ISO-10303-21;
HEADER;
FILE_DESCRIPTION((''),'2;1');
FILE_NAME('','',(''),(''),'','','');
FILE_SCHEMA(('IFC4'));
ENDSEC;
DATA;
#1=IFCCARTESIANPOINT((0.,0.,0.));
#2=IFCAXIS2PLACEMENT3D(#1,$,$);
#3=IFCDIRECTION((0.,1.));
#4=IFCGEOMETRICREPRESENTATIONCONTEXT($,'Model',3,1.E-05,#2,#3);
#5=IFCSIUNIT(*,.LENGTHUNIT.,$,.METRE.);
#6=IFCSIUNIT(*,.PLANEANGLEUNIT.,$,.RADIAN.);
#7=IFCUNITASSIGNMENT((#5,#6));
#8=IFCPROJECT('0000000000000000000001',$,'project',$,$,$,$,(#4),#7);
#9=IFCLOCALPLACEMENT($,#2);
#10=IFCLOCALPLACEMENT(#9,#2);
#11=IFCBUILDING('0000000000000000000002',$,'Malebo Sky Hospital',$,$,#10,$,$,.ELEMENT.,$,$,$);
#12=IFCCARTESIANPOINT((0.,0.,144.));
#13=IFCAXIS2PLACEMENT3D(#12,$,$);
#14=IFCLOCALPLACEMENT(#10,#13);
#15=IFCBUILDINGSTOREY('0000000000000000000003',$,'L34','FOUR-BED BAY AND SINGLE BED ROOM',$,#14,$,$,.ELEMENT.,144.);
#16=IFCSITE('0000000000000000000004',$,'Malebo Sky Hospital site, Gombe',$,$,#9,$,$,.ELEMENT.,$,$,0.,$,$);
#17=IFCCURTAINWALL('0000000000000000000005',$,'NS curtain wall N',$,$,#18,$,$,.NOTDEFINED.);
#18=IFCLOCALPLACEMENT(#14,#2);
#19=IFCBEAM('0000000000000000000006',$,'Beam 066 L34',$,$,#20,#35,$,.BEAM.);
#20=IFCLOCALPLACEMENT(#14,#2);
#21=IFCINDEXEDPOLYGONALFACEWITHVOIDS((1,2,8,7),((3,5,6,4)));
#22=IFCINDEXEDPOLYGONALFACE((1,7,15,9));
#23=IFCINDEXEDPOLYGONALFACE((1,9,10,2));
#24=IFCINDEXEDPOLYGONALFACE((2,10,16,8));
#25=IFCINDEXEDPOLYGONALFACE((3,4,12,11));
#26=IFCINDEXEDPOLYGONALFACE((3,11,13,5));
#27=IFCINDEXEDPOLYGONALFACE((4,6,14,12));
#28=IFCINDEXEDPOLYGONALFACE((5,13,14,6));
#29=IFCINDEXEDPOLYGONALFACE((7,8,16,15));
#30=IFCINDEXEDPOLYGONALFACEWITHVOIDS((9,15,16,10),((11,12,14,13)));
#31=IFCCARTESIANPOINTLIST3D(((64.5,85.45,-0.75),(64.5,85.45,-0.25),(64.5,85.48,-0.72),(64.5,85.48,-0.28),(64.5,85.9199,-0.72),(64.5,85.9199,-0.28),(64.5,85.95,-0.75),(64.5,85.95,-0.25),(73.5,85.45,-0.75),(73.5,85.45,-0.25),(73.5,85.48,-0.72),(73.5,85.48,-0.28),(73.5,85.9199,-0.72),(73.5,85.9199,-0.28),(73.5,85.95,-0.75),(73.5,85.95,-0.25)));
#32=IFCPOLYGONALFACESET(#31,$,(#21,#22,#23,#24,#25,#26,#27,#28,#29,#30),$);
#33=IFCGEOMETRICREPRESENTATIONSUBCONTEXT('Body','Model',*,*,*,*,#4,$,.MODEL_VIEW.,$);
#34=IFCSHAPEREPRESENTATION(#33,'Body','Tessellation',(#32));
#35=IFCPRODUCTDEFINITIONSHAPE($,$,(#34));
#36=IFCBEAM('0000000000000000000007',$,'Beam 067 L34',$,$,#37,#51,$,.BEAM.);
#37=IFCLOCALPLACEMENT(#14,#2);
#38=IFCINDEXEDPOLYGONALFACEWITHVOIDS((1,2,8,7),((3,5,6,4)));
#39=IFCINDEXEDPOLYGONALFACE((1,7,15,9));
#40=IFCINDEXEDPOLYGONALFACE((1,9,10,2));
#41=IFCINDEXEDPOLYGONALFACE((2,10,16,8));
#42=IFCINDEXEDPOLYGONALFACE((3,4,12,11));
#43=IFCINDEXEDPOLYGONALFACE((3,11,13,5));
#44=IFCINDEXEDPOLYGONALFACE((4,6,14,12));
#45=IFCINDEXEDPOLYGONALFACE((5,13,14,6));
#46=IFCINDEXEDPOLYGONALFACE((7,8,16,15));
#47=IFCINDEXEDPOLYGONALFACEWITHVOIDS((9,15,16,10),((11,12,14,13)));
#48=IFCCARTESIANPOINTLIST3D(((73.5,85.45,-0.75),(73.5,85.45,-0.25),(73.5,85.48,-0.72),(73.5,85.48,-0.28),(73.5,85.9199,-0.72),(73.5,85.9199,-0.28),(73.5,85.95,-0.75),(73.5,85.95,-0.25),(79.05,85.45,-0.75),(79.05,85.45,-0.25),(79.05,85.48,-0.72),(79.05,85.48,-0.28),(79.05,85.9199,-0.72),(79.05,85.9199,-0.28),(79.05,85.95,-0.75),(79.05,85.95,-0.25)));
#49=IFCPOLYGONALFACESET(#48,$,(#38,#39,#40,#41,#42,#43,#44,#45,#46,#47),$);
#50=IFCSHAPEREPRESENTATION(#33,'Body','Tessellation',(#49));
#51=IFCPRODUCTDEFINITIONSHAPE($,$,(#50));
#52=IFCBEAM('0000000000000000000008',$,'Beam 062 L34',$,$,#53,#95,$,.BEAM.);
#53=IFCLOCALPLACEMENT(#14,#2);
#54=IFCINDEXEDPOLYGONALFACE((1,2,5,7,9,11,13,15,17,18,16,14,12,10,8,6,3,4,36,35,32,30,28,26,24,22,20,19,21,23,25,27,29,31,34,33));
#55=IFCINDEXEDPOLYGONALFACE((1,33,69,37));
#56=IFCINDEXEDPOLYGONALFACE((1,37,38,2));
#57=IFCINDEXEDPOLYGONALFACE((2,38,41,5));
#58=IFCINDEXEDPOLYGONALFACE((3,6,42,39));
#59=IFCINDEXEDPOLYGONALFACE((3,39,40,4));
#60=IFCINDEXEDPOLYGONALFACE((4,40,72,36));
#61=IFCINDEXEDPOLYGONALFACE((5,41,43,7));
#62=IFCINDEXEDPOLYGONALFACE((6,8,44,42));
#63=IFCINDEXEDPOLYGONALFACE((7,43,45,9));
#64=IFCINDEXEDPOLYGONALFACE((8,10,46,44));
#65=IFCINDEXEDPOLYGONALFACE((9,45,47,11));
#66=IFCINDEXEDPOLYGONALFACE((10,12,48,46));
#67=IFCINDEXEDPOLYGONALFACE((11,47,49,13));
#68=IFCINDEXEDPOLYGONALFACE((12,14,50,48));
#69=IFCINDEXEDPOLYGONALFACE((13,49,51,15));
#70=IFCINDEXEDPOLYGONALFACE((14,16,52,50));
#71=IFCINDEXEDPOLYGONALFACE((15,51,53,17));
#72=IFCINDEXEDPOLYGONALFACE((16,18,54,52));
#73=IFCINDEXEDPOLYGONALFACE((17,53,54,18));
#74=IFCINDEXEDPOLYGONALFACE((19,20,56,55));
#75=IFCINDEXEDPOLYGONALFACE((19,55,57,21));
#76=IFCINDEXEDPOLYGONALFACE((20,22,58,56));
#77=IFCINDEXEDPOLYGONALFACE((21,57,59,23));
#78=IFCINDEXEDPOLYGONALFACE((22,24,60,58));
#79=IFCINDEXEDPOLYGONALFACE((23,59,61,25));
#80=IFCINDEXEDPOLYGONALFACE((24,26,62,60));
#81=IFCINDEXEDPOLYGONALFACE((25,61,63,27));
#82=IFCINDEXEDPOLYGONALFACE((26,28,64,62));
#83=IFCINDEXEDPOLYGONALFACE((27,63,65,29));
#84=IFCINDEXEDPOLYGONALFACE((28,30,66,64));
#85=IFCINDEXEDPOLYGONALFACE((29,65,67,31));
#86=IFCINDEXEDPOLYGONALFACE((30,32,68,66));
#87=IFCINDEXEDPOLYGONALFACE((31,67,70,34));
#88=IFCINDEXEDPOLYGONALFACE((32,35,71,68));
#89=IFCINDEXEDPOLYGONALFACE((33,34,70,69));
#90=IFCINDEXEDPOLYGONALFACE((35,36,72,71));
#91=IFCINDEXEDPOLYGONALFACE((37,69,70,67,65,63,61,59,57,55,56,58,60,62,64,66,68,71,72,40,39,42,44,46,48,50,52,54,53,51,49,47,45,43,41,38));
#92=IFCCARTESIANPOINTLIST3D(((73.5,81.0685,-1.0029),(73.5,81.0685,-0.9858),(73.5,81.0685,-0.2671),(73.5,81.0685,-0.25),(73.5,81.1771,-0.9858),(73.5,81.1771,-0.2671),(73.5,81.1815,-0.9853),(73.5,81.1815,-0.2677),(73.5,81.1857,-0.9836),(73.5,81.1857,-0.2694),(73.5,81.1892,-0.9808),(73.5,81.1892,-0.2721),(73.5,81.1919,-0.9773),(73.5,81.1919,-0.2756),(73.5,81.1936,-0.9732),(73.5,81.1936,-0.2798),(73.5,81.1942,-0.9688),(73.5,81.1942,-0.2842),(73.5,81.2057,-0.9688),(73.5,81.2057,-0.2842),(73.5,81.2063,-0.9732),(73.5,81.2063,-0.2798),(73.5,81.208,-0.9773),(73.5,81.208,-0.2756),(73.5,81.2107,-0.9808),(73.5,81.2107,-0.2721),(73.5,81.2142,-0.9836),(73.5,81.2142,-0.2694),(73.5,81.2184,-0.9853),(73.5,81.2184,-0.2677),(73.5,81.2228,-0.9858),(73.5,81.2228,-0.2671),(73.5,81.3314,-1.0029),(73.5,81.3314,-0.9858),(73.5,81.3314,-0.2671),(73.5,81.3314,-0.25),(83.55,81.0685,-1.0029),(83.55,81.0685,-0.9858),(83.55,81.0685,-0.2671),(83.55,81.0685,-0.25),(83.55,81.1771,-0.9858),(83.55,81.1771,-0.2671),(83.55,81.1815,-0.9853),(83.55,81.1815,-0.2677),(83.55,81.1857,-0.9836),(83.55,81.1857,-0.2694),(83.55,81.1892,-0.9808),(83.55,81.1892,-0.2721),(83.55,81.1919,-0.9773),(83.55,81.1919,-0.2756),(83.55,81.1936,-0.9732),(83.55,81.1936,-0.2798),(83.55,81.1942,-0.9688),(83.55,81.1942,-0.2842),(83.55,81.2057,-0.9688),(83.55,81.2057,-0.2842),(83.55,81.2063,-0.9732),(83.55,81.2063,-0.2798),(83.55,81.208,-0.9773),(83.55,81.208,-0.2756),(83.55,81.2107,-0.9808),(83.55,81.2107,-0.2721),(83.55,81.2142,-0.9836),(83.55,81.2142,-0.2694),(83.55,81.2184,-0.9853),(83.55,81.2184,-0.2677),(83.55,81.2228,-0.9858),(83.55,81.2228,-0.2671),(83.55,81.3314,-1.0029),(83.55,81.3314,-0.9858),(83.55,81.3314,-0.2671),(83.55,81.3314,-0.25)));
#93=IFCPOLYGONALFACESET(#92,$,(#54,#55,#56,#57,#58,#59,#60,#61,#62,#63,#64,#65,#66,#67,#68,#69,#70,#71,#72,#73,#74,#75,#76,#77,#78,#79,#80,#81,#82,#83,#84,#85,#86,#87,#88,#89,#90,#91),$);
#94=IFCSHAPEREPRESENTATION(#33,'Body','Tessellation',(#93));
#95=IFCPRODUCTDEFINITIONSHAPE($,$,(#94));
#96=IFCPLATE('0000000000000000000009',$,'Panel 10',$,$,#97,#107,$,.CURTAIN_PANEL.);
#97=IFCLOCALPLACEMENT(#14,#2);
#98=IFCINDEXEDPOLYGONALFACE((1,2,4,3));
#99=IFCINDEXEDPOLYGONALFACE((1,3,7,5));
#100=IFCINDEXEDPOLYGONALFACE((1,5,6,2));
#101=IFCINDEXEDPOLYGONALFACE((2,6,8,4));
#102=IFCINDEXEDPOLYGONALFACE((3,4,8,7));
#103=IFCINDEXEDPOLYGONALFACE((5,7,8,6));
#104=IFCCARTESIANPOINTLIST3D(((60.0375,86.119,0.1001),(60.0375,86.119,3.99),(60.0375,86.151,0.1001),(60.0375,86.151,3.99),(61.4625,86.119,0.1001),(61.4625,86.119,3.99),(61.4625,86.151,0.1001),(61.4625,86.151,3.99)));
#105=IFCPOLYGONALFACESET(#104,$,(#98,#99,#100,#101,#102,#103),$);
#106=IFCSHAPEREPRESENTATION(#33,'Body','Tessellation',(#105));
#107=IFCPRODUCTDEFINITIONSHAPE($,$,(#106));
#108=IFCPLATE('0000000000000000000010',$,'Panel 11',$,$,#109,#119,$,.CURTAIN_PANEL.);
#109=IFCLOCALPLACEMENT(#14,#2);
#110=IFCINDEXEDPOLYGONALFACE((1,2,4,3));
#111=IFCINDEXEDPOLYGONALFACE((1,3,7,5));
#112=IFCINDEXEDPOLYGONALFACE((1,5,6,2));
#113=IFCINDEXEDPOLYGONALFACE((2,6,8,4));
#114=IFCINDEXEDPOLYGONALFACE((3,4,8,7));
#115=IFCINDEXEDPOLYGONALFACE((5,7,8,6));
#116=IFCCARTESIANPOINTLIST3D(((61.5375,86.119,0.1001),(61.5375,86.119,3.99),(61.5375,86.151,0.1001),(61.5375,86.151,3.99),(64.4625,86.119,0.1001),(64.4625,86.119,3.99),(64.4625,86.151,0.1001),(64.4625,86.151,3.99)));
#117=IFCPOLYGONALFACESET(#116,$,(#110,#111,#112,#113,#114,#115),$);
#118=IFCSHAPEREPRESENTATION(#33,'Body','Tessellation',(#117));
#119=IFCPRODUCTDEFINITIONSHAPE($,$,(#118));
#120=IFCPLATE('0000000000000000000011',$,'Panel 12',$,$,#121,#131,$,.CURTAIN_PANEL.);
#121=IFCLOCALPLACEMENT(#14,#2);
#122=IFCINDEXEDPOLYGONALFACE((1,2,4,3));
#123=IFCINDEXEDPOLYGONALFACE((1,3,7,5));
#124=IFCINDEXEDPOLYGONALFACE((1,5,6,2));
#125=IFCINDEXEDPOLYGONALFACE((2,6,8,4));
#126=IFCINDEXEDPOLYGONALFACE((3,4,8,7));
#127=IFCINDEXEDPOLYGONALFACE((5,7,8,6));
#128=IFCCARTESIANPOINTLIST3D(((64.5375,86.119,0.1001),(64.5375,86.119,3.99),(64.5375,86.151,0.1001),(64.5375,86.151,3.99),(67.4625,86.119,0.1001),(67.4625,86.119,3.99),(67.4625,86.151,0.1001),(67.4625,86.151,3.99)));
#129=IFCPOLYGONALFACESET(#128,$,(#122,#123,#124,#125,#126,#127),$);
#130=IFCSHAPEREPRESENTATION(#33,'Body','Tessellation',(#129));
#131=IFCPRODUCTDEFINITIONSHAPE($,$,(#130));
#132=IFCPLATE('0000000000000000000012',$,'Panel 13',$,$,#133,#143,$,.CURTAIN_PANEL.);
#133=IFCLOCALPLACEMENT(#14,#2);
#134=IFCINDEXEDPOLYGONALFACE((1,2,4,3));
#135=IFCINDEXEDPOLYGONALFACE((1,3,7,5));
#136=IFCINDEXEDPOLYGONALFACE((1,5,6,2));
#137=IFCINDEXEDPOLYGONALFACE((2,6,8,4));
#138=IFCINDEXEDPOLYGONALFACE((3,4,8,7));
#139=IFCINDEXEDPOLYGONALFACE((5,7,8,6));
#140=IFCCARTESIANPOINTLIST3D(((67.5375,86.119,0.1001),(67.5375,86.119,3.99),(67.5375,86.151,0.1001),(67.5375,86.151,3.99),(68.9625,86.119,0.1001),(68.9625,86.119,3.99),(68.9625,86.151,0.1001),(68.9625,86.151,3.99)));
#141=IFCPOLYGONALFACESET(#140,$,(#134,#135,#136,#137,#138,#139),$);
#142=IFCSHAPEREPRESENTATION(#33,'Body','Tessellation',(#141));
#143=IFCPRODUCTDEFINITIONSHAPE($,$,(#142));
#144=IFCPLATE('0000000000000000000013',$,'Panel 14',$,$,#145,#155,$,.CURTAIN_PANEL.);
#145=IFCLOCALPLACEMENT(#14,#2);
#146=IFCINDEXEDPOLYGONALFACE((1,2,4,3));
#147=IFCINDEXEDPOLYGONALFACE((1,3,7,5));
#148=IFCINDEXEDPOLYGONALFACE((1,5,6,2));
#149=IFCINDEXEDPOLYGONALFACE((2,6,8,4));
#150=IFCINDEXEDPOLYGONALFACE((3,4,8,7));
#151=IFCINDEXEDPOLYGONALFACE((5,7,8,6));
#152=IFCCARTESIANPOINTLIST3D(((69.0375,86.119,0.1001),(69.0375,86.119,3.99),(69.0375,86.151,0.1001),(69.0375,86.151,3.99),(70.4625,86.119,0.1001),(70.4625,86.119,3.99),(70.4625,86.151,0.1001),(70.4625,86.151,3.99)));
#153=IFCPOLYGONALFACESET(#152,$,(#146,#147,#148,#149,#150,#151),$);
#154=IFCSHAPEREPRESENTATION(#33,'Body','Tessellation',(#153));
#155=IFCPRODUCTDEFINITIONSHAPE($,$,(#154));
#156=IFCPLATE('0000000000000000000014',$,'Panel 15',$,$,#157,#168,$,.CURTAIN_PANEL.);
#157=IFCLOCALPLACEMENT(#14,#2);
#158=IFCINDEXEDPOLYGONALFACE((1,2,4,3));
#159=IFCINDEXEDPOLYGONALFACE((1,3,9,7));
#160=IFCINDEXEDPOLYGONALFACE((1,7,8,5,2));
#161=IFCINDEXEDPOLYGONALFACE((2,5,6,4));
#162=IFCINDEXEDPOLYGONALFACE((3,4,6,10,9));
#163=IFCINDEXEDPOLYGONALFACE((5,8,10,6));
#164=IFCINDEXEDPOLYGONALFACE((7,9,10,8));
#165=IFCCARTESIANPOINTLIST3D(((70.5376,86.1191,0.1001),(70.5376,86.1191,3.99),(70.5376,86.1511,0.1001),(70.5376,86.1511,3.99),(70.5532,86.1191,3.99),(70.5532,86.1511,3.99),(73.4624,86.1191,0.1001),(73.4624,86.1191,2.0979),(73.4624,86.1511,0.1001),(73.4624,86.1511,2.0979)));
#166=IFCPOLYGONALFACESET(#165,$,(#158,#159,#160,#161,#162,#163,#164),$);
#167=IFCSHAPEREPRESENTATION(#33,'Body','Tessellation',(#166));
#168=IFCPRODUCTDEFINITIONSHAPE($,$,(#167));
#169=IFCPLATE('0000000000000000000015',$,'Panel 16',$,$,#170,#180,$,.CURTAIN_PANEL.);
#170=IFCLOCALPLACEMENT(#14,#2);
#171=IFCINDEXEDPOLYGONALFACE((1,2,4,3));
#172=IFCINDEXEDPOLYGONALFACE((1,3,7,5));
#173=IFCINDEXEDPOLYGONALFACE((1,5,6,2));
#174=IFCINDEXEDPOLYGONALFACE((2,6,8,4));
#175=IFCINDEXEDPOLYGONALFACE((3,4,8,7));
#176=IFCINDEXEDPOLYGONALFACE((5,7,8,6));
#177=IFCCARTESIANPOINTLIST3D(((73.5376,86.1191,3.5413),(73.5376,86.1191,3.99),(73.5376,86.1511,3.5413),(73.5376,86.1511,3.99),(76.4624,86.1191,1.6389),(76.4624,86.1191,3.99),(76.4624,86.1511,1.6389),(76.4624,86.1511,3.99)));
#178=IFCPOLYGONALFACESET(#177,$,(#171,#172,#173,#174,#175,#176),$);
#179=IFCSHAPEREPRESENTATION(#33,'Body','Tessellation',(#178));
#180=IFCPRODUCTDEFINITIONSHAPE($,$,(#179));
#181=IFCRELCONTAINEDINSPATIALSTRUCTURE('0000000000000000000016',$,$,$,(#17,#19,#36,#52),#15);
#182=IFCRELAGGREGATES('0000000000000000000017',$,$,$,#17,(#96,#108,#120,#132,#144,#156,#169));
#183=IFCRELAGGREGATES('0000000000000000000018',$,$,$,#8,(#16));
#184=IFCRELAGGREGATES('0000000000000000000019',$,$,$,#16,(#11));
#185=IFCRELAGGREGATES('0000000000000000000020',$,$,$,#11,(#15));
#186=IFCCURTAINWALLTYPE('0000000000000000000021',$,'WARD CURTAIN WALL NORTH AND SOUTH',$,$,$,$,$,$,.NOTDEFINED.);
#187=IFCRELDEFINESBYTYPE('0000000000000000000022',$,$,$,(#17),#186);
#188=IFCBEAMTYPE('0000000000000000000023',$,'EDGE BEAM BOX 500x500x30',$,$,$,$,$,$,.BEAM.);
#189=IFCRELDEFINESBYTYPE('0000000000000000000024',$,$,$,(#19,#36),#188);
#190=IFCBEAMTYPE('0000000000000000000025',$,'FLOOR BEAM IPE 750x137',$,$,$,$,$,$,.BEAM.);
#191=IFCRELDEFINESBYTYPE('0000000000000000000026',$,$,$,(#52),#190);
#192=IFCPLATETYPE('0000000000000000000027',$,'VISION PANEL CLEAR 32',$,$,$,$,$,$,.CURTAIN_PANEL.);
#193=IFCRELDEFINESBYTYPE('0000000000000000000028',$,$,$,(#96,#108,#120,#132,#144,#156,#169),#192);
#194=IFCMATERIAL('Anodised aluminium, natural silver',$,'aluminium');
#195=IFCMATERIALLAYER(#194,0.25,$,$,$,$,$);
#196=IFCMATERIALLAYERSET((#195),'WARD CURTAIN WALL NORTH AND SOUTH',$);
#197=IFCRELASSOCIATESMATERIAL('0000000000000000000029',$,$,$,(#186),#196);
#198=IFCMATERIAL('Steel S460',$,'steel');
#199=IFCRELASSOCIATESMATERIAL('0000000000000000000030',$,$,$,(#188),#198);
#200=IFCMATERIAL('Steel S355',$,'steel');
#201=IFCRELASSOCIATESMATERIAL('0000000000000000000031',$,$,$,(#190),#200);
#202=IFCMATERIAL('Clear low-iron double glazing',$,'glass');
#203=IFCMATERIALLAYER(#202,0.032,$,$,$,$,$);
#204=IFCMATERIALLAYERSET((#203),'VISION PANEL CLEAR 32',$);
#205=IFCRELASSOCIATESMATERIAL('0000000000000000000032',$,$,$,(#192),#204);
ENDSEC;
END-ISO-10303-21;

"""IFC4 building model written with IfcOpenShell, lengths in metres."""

from ifc_helpers import new_model, si_unit, direction, frame, origin, origin_2d, place, context, subcontext, project, spatial, polyline, rectangle, hollow_rectangle, i_section, outline, extrude, material, layer, layer_set, material_profile, profile_set, type_object, element, aggregate, save


model = new_model("IFC4")

# Units and contexts
model_context = context("Model", 3, precision=1e-05, world=origin(), true_north=direction((0.0, 1.0)))
body_context = subcontext(model_context, "Body", "Model", "MODEL_VIEW")
ifc_project = project(units=[si_unit("LENGTHUNIT", "METRE"), si_unit("PLANEANGLEUNIT", "RADIAN")], contexts=[model_context])

# Site, building, storey
site_placement = place(None, origin())
site = spatial("IfcSite", under=ifc_project, at=site_placement, Name="Malebo Sky Hospital site, Gombe", CompositionType="ELEMENT", RefElevation=0.0)
building_placement = place(site_placement, origin())
building = spatial("IfcBuilding", under=site, at=building_placement, Name="Malebo Sky Hospital", CompositionType="ELEMENT")
storey_placement = place(building_placement, frame((0.0, 0.0, 144.0)))
storey = spatial("IfcBuildingStorey", under=building, at=storey_placement, Name="L34", Description="FOUR-BED BAY AND SINGLE BED ROOM", CompositionType="ELEMENT", Elevation=144.0)

# Shared definitions
ifc_material_1 = material(Name="Steel S460", Category="steel")

# Curtain wall
ifc_material_2 = material(Name="Anodised aluminium, natural silver", Category="aluminium")
ifc_layer_1 = layer(ifc_material_2, 0.25)
ifc_layer_set_1 = layer_set([ifc_layer_1], Name="WARD CURTAIN WALL NORTH AND SOUTH")
curtain_wall_type = type_object("IfcCurtainWallType", Name="WARD CURTAIN WALL NORTH AND SOUTH", PredefinedType="NOTDEFINED", material=ifc_layer_set_1)
curtain_wall_placement = place(storey_placement, origin())
curtain_wall = element("IfcCurtainWall", 1, at=curtain_wall_placement, inside=storey, type_object=curtain_wall_type, Name="NS curtain wall N", PredefinedType="NOTDEFINED")

# Beams
ifc_material_profile_1 = material_profile(ifc_material_1, hollow_rectangle(XDim=0.5, YDim=0.5, WallThickness=0.03, at=origin_2d()), Name="BOX 500x500x30")
ifc_profile_set_1 = profile_set([ifc_material_profile_1], Name="Steel S460")
beam_type_1 = type_object("IfcBeamType", Name="EDGE BEAM BOX 500x500x30", PredefinedType="BEAM", material=ifc_profile_set_1)
beam_1_placement = place(storey_placement, frame((64.5, 85.7, -0.5), z_axis=(1.0, 0.0, 0.0), x_axis=(0.0, 1.0, 0.0)))
element("IfcBeam", 2, at=beam_1_placement, inside=storey, type_object=beam_type_1, Name="Beam 066 L34", PredefinedType="BEAM", context=body_context, shape_type="SweptSolid", body=[
    extrude(hollow_rectangle(XDim=0.5, YDim=0.5, WallThickness=0.03, at=origin_2d()), origin(), (0.0, 0.0, 1.0), 9.0),
])
beam_2_placement = place(storey_placement, frame((73.5, 85.7, -0.5), z_axis=(1.0, 0.0, 0.0), x_axis=(0.0, 1.0, 0.0)))
element("IfcBeam", 3, at=beam_2_placement, inside=storey, type_object=beam_type_1, Name="Beam 067 L34", PredefinedType="BEAM", context=body_context, shape_type="SweptSolid", body=[
    extrude(hollow_rectangle(XDim=0.5, YDim=0.5, WallThickness=0.03, at=origin_2d()), origin(), (0.0, 0.0, 1.0), 5.55),
])
ifc_material_3 = material(Name="Steel S355", Category="steel")
ifc_material_profile_2 = material_profile(ifc_material_3, i_section(OverallWidth=0.2629, OverallDepth=0.7529, WebThickness=0.0115, FlangeThickness=0.0171, FilletRadius=0.0171, at=origin_2d()), Name="IPE 750x137")
ifc_profile_set_2 = profile_set([ifc_material_profile_2], Name="Steel S355")
beam_type_2 = type_object("IfcBeamType", Name="FLOOR BEAM IPE 750x137", PredefinedType="BEAM", material=ifc_profile_set_2)
beam_3_placement = place(storey_placement, frame((73.5, 81.2, -0.6265), z_axis=(1.0, 0.0, 0.0), x_axis=(0.0, 1.0, 0.0)))
element("IfcBeam", 4, at=beam_3_placement, inside=storey, type_object=beam_type_2, Name="Beam 062 L34", PredefinedType="BEAM", context=body_context, shape_type="SweptSolid", body=[
    extrude(i_section(OverallWidth=0.2629, OverallDepth=0.7529, WebThickness=0.0115, FlangeThickness=0.0171, FilletRadius=0.0171, at=origin_2d()), origin(), (0.0, 0.0, 1.0), 10.05),
])

# Plates
ifc_material_4 = material(Name="Clear low-iron double glazing", Category="glass")
ifc_layer_2 = layer(ifc_material_4, 0.032)
ifc_layer_set_2 = layer_set([ifc_layer_2], Name="VISION PANEL CLEAR 32")
plate_type = type_object("IfcPlateType", Name="VISION PANEL CLEAR 32", PredefinedType="CURTAIN_PANEL", material=ifc_layer_set_2)
plate_1_placement = place(storey_placement, frame((60.75, 86.135, 0.1001), z_axis=(0.0, 0.0, 1.0), x_axis=(1.0, 0.0, 0.0)))
plate_1 = element("IfcPlate", 5, at=plate_1_placement, type_object=plate_type, Name="Panel 10", PredefinedType="CURTAIN_PANEL", context=body_context, shape_type="SweptSolid", body=[
    extrude(rectangle(XDim=1.425, YDim=0.032, at=origin_2d()), origin(), (0.0, 0.0, 1.0), 3.8899),
])
plate_2_placement = place(storey_placement, frame((63.0, 86.135, 0.1001), z_axis=(0.0, 0.0, 1.0), x_axis=(1.0, 0.0, 0.0)))
plate_2 = element("IfcPlate", 6, at=plate_2_placement, type_object=plate_type, Name="Panel 11", PredefinedType="CURTAIN_PANEL", context=body_context, shape_type="SweptSolid", body=[
    extrude(rectangle(XDim=2.925, YDim=0.032, at=origin_2d()), origin(), (0.0, 0.0, 1.0), 3.8899),
])
plate_3_placement = place(storey_placement, frame((66.0, 86.135, 0.1001), z_axis=(0.0, 0.0, 1.0), x_axis=(1.0, 0.0, 0.0)))
plate_3 = element("IfcPlate", 7, at=plate_3_placement, type_object=plate_type, Name="Panel 12", PredefinedType="CURTAIN_PANEL", context=body_context, shape_type="SweptSolid", body=[
    extrude(rectangle(XDim=2.925, YDim=0.032, at=origin_2d()), origin(), (0.0, 0.0, 1.0), 3.8899),
])
plate_4_placement = place(storey_placement, frame((68.25, 86.135, 0.1001), z_axis=(0.0, 0.0, 1.0), x_axis=(1.0, 0.0, 0.0)))
plate_4 = element("IfcPlate", 8, at=plate_4_placement, type_object=plate_type, Name="Panel 13", PredefinedType="CURTAIN_PANEL", context=body_context, shape_type="SweptSolid", body=[
    extrude(rectangle(XDim=1.425, YDim=0.032, at=origin_2d()), origin(), (0.0, 0.0, 1.0), 3.8899),
])
plate_5_placement = place(storey_placement, frame((69.75, 86.135, 0.1001), z_axis=(0.0, 0.0, 1.0), x_axis=(1.0, 0.0, 0.0)))
plate_5 = element("IfcPlate", 9, at=plate_5_placement, type_object=plate_type, Name="Panel 14", PredefinedType="CURTAIN_PANEL", context=body_context, shape_type="SweptSolid", body=[
    extrude(rectangle(XDim=1.425, YDim=0.032, at=origin_2d()), origin(), (0.0, 0.0, 1.0), 3.8899),
])
plate_6_placement = place(storey_placement, frame((72.0, 86.135, 0.1001), z_axis=(0.0, 0.0, 1.0), x_axis=(1.0, 0.0, 0.0)))
plate_6 = element("IfcPlate", 10, at=plate_6_placement, type_object=plate_type, Name="Panel 15", PredefinedType="CURTAIN_PANEL", context=body_context, shape_type="SweptSolid", body=[
    extrude(outline(polyline([(-1.4624, 0.0), (1.4624, 0.0), (1.4624, 1.9978), (-1.4468, 3.8899), (-1.4624, 3.8899), (-1.4624, 0.0)])), frame((0.0, 0.0161, 0.0), z_axis=(0.0, -1.0, 0.0), x_axis=(1.0, 0.0, 0.0)), (0.0, 0.0, 1.0), 0.032),
])
plate_7_placement = place(storey_placement, frame((75.0, 86.135, 1.6389), z_axis=(0.0, 0.0, 1.0), x_axis=(1.0, 0.0, 0.0)))
plate_7 = element("IfcPlate", 11, at=plate_7_placement, type_object=plate_type, Name="Panel 16", PredefinedType="CURTAIN_PANEL", context=body_context, shape_type="SweptSolid", body=[
    extrude(outline(polyline([(1.4624, 0.0), (1.4624, 2.3511), (-1.4624, 2.3511), (-1.4624, 1.9023), (1.4624, 0.0)])), frame((0.0, 0.0161, 0.0), z_axis=(0.0, -1.0, 0.0), x_axis=(1.0, 0.0, 0.0)), (0.0, 0.0, 1.0), 0.032),
])
aggregate(curtain_wall, [plate_1, plate_2, plate_3, plate_4, plate_5, plate_6, plate_7])

save(model, "model.ifc")
